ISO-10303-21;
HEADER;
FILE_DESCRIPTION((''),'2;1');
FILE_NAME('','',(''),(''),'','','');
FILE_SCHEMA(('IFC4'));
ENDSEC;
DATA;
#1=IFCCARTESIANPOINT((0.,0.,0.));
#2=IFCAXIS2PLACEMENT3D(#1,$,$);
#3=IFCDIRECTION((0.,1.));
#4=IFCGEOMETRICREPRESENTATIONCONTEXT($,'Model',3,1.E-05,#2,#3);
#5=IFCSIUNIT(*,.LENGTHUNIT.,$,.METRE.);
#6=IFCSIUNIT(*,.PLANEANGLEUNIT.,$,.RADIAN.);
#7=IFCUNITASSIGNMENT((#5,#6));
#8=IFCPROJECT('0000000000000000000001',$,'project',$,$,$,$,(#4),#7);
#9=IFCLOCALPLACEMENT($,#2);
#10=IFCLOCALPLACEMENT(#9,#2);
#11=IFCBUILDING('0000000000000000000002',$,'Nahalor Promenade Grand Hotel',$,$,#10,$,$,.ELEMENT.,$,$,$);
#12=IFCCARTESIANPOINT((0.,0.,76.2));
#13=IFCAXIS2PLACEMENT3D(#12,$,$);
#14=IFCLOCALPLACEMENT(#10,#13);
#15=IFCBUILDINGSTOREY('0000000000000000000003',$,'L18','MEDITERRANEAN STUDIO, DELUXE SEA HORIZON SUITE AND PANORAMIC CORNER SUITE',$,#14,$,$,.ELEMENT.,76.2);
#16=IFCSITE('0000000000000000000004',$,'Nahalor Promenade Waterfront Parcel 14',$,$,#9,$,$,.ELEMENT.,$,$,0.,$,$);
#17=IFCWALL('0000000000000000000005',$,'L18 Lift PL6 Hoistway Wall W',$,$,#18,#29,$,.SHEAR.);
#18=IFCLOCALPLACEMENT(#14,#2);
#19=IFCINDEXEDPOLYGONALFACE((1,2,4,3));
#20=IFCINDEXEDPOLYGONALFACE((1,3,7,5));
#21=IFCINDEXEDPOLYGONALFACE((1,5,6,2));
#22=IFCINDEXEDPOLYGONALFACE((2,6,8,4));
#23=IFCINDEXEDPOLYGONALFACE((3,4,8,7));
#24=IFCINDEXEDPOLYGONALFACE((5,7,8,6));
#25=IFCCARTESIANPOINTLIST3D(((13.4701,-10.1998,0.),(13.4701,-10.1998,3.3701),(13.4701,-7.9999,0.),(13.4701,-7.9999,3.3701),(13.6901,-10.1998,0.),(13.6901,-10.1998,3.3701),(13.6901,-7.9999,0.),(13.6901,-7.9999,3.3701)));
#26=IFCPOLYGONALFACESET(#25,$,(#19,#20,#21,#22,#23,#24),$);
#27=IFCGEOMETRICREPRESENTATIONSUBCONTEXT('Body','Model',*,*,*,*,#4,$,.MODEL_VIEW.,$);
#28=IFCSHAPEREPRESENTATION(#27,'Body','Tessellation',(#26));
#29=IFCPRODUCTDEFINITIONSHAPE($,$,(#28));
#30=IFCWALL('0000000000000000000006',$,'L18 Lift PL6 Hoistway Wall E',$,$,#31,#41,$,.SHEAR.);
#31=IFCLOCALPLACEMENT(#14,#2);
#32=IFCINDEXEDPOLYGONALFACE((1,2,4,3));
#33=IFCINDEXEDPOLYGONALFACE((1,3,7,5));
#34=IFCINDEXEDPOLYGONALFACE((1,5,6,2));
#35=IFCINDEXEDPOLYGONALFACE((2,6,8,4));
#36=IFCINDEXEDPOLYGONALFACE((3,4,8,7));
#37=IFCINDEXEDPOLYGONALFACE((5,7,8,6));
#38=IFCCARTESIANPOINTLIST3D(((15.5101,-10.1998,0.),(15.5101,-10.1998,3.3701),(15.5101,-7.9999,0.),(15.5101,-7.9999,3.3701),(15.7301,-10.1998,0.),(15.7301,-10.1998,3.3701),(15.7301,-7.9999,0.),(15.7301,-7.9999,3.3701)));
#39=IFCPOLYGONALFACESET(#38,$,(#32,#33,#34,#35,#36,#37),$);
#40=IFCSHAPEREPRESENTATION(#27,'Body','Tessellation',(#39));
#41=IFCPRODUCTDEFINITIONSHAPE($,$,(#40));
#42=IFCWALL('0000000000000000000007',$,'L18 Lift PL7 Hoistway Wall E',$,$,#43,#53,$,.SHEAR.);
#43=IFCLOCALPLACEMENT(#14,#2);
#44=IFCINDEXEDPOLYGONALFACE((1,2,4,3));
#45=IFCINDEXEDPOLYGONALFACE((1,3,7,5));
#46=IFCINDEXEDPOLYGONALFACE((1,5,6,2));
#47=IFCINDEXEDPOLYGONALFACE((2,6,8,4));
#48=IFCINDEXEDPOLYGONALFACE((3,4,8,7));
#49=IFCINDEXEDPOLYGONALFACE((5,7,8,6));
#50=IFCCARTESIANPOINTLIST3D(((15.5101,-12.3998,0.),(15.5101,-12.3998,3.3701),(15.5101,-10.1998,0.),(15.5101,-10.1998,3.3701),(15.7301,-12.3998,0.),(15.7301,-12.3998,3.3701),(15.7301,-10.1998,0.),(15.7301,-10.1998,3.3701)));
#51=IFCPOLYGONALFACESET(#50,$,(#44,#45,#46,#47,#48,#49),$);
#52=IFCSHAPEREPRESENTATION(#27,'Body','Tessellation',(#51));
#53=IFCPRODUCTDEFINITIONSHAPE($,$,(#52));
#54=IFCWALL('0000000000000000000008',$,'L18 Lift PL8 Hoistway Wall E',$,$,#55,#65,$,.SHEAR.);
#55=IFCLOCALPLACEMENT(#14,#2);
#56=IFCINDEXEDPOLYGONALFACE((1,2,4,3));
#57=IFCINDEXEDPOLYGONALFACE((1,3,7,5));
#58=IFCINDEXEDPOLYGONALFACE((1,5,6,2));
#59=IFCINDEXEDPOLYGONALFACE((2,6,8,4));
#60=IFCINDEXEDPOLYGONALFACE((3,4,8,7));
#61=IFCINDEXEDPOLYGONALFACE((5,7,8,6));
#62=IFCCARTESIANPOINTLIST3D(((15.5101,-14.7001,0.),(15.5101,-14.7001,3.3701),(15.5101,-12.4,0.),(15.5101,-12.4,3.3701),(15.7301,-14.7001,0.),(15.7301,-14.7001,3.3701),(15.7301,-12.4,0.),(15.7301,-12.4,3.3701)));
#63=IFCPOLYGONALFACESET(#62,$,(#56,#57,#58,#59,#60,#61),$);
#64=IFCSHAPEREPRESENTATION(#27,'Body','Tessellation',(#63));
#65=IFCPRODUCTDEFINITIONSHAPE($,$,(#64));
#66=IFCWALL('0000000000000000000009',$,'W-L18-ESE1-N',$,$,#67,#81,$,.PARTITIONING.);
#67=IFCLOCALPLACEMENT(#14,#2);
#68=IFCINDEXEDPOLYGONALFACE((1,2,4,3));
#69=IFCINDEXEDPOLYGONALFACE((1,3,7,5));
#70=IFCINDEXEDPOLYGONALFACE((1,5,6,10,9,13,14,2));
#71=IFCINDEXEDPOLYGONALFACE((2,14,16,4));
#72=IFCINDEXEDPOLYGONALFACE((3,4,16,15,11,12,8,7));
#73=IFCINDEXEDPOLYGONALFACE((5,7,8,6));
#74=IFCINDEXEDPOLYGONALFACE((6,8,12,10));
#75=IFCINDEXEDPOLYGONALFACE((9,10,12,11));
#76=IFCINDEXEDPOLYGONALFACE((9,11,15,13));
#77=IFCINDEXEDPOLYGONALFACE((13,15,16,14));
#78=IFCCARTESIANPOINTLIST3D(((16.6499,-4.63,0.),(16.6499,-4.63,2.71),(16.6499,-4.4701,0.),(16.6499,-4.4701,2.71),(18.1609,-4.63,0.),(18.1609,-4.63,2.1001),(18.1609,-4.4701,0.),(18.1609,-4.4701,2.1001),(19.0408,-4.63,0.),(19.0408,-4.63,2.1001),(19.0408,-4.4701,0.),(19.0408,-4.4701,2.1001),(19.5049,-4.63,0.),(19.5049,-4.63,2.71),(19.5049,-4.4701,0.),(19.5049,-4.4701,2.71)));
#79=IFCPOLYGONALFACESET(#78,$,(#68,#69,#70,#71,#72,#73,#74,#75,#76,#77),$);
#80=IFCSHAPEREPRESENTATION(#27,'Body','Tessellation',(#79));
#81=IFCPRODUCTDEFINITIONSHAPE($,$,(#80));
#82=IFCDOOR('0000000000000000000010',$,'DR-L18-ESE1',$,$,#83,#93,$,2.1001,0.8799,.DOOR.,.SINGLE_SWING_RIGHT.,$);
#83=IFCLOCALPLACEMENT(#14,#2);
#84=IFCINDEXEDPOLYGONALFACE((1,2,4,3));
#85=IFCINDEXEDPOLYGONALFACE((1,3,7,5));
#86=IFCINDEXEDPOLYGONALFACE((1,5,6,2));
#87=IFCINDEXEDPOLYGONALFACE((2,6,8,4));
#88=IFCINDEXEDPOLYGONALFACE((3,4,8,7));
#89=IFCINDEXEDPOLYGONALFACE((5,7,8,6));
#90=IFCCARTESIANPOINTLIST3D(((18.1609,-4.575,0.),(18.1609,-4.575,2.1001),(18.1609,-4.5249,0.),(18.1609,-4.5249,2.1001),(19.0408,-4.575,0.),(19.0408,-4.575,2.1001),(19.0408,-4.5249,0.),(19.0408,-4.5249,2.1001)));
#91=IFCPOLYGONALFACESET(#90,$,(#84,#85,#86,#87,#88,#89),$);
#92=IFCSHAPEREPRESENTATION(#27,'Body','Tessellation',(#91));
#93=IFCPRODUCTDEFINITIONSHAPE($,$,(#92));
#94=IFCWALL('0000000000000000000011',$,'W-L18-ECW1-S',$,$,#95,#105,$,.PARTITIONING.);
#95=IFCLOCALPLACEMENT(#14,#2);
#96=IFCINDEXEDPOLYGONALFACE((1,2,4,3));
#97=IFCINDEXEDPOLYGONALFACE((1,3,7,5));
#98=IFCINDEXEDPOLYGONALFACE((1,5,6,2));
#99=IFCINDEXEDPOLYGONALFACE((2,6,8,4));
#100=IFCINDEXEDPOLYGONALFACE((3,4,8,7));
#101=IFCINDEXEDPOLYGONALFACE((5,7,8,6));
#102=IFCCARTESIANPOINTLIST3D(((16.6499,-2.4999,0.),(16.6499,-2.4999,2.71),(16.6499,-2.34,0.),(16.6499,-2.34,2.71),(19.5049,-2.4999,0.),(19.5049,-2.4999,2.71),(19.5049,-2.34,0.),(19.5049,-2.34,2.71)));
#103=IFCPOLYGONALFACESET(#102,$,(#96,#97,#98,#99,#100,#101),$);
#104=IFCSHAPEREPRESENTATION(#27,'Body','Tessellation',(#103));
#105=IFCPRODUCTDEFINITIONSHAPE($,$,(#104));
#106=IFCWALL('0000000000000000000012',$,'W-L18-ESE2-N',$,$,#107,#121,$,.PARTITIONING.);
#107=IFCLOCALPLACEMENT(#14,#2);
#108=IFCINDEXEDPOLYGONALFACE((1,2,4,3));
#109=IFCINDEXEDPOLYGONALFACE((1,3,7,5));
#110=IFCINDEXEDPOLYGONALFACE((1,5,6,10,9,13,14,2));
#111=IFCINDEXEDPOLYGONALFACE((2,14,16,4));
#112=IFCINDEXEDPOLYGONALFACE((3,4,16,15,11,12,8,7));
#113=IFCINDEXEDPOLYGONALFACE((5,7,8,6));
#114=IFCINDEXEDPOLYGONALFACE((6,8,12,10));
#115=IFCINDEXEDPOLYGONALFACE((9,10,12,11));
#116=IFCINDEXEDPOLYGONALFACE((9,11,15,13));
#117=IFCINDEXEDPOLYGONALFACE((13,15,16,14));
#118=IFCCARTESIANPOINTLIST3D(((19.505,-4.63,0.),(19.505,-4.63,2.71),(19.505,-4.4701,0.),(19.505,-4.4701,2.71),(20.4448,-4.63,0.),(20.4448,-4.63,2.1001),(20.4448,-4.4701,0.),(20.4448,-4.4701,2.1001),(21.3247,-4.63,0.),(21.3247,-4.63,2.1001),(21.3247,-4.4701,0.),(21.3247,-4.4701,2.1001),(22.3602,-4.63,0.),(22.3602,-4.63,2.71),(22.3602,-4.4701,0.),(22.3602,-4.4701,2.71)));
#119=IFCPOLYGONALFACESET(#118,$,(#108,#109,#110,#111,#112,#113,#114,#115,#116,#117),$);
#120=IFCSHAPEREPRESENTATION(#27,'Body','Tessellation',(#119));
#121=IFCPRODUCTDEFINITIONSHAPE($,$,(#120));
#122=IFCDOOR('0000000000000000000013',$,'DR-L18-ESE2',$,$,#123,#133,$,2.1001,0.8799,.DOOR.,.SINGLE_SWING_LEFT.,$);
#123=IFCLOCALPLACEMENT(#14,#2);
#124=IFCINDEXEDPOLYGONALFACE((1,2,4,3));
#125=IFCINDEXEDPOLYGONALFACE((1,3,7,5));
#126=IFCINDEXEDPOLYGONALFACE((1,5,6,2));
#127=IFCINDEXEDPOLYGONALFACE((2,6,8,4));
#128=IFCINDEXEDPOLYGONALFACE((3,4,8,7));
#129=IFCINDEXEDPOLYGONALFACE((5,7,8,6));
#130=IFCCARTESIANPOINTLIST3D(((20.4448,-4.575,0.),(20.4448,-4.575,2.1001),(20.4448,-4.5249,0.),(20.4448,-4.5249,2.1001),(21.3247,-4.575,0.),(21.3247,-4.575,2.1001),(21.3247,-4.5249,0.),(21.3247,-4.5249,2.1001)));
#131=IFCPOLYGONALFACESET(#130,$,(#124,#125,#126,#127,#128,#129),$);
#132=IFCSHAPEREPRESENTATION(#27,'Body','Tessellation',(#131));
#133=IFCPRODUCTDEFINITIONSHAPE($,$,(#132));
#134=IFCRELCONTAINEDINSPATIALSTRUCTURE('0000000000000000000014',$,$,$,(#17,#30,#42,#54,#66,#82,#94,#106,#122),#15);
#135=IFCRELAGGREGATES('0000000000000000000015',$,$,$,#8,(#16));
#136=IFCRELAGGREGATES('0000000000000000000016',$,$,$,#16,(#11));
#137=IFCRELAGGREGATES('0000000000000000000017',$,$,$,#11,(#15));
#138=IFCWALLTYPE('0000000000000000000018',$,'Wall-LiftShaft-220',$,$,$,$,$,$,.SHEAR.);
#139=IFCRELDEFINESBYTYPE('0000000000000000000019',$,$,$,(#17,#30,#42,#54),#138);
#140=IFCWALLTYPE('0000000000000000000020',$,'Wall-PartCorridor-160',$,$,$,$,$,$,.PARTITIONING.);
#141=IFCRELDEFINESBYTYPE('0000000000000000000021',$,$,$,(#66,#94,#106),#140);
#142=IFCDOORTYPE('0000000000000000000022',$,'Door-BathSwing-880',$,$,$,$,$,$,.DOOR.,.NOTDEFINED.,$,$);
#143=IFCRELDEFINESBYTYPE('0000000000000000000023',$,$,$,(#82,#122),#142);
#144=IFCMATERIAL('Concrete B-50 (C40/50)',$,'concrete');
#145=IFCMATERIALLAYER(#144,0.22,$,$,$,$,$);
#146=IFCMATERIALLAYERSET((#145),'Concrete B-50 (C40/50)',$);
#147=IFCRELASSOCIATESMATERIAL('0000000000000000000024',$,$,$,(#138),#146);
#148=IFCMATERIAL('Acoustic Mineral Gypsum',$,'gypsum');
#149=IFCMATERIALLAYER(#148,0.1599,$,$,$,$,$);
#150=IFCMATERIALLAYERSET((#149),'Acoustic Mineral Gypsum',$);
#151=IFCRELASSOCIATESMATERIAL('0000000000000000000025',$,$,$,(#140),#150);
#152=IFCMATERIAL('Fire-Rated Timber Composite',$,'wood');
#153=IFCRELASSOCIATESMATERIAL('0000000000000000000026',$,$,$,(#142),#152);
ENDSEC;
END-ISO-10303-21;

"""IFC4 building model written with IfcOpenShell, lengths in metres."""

from ifc_helpers import new_model, si_unit, direction, frame, frame_2d, origin, place, context, subcontext, project, spatial, rectangle, extrude, source, transform, mapped, material, layer, layer_set, type_object, element, fill, save


model = new_model("IFC4")

# Units and contexts
model_context = context("Model", 3, precision=1e-05, world=origin(), true_north=direction((0.0, 1.0)))
body_context = subcontext(model_context, "Body", "Model", "MODEL_VIEW")
ifc_project = project(units=[si_unit("LENGTHUNIT", "METRE"), si_unit("PLANEANGLEUNIT", "RADIAN")], contexts=[model_context])

# Site, building, storey
site_placement = place(None, origin())
site = spatial("IfcSite", under=ifc_project, at=site_placement, Name="Nahalor Promenade Waterfront Parcel 14", CompositionType="ELEMENT", RefElevation=0.0)
building_placement = place(site_placement, origin())
building = spatial("IfcBuilding", under=site, at=building_placement, Name="Nahalor Promenade Grand Hotel", CompositionType="ELEMENT")
storey_placement = place(building_placement, frame((0.0, 0.0, 76.2)))
storey = spatial("IfcBuildingStorey", under=building, at=storey_placement, Name="L18", Description="MEDITERRANEAN STUDIO, DELUXE SEA HORIZON SUITE AND PANORAMIC CORNER SUITE", CompositionType="ELEMENT", Elevation=76.2)

# Walls
ifc_material_1 = material(Name="Concrete B-50 (C40/50)", Category="concrete")
ifc_layer_1 = layer(ifc_material_1, 0.22)
ifc_layer_set_1 = layer_set([ifc_layer_1], Name="Concrete B-50 (C40/50)")
wall_type_1 = type_object("IfcWallType", Name="Wall-LiftShaft-220", PredefinedType="SHEAR", material=ifc_layer_set_1)
shared_shape_1 = source(origin(), body_context, "Body", "SweptSolid", [
    extrude(rectangle(XDim=2.2, YDim=0.22, at=frame_2d((1.1001, 0.0))), origin(), (0.0, 0.0, 1.0), 3.3701),
])
for number, where, z_axis, x_axis, name in (
    (1, (13.5801, -10.2, 0.0), (0.0, 0.0, 1.0), (0.0, 1.0, 0.0), "L18 Lift PL6 Hoistway Wall W"),
    (2, (15.6201, -10.2, 0.0), (0.0, 0.0, 1.0), (0.0, 1.0, 0.0), "L18 Lift PL6 Hoistway Wall E"),
    (3, (15.6201, -12.3999, 0.0), (0.0, 0.0, 1.0), (0.0, 1.0, 0.0), "L18 Lift PL7 Hoistway Wall E"),
):
    element("IfcWall", number, at=place(storey_placement, frame(where, z_axis=z_axis, x_axis=x_axis)), inside=storey, type_object=wall_type_1, Name=name, PredefinedType="SHEAR", context=body_context, shape_type="MappedRepresentation", body=[
        mapped(shared_shape_1, transform((0.0, 0.0, 0.0), scale=1.0)),
    ])
shared_shape_2 = source(origin(), body_context, "Body", "SweptSolid", [
    extrude(rectangle(XDim=2.3, YDim=0.22, at=frame_2d((1.1499, 0.0))), origin(), (0.0, 0.0, 1.0), 3.3701),
])
wall_1_placement = place(storey_placement, frame((15.6201, -14.7, 0.0), z_axis=(0.0, 0.0, 1.0), x_axis=(0.0, 1.0, 0.0)))
element("IfcWall", 4, at=wall_1_placement, inside=storey, type_object=wall_type_1, Name="L18 Lift PL8 Hoistway Wall E", PredefinedType="SHEAR", context=body_context, shape_type="MappedRepresentation", body=[
    mapped(shared_shape_2, transform((0.0, 0.0, 0.0), scale=1.0)),
])

# Wall, opening, door
ifc_material_2 = material(Name="Acoustic Mineral Gypsum", Category="gypsum")
ifc_layer_2 = layer(ifc_material_2, 0.1599)
ifc_layer_set_2 = layer_set([ifc_layer_2], Name="Acoustic Mineral Gypsum")
wall_type_2 = type_object("IfcWallType", Name="Wall-PartCorridor-160", PredefinedType="PARTITIONING", material=ifc_layer_set_2)
shared_shape_3 = source(origin(), body_context, "Body", "SweptSolid", [
    extrude(rectangle(XDim=2.855, YDim=0.1599, at=frame_2d((1.4275, 0.0))), origin(), (0.0, 0.0, 1.0), 2.71),
])
wall_2_placement = place(storey_placement, frame((16.6499, -4.55, 0.0), z_axis=(0.0, 0.0, 1.0), x_axis=(1.0, 0.0, 0.0)))
wall_2 = element("IfcWall", 5, at=wall_2_placement, inside=storey, type_object=wall_type_2, Name="W-L18-ESE1-N", PredefinedType="PARTITIONING", context=body_context, shape_type="MappedRepresentation", body=[
    mapped(shared_shape_3, transform((0.0, 0.0, 0.0), scale=1.0)),
])
opening_1_placement = place(wall_2_placement, frame((1.511, 0.0, 0.0)))
opening_1 = element("IfcOpeningElement", 6, at=opening_1_placement, cuts=wall_2, PredefinedType="OPENING", context=body_context, shape_type="SweptSolid", body=[
    extrude(rectangle(XDim=0.8799, YDim=2.1001, at=frame_2d((0.4399, 1.05))), frame((0.0, 0.0898, 0.0), z_axis=(0.0, -1.0, 0.0), x_axis=(1.0, 0.0, 0.0)), (0.0, 0.0, 1.0), 0.1799),
])
ifc_material_3 = material(Name="Fire-Rated Timber Composite", Category="wood")
door_type = type_object("IfcDoorType", Name="Door-BathSwing-880", OperationType="NOTDEFINED", PredefinedType="DOOR", material=ifc_material_3)
shared_shape_4 = source(origin(), body_context, "Body", "SweptSolid", [
    extrude(rectangle(XDim=0.8799, YDim=2.1001, at=frame_2d((0.4399, 1.05))), frame((0.0, 0.0249, 0.0), z_axis=(0.0, -1.0, 0.0), x_axis=(1.0, 0.0, 0.0)), (0.0, 0.0, 1.0), 0.05),
])
door_1_placement = place(opening_1_placement, frame((0.8799, 0.0, 0.0), z_axis=(0.0, 0.0, 1.0), x_axis=(-1.0, 0.0, 0.0)))
door_1 = element("IfcDoor", 7, at=door_1_placement, inside=storey, type_object=door_type, Name="DR-L18-ESE1", OperationType="SINGLE_SWING_RIGHT", OverallHeight=2.1001, OverallWidth=0.8799, PredefinedType="DOOR", context=body_context, shape_type="MappedRepresentation", body=[
    mapped(shared_shape_4, transform((0.0, 0.0, 0.0), scale=1.0)),
])
fill(opening_1, door_1)

# Wall
wall_3_placement = place(storey_placement, frame((16.6499, -2.4199, 0.0), z_axis=(0.0, 0.0, 1.0), x_axis=(1.0, 0.0, 0.0)))
element("IfcWall", 8, at=wall_3_placement, inside=storey, type_object=wall_type_2, Name="W-L18-ECW1-S", PredefinedType="PARTITIONING", context=body_context, shape_type="MappedRepresentation", body=[
    mapped(shared_shape_3, transform((0.0, 0.0, 0.0), scale=1.0)),
])

# Wall, opening, door
shared_shape_5 = source(origin(), body_context, "Body", "SweptSolid", [
    extrude(rectangle(XDim=2.8552, YDim=0.1599, at=frame_2d((1.4277, 0.0))), origin(), (0.0, 0.0, 1.0), 2.71),
])
wall_4_placement = place(storey_placement, frame((19.5049, -4.55, 0.0), z_axis=(0.0, 0.0, 1.0), x_axis=(1.0, 0.0, 0.0)))
wall_4 = element("IfcWall", 9, at=wall_4_placement, inside=storey, type_object=wall_type_2, Name="W-L18-ESE2-N", PredefinedType="PARTITIONING", context=body_context, shape_type="MappedRepresentation", body=[
    mapped(shared_shape_5, transform((0.0, 0.0, 0.0), scale=1.0)),
])
opening_2_placement = place(wall_4_placement, frame((0.9399, 0.0, 0.0)))
opening_2 = element("IfcOpeningElement", 10, at=opening_2_placement, cuts=wall_4, PredefinedType="OPENING", context=body_context, shape_type="SweptSolid", body=[
    extrude(rectangle(XDim=0.8799, YDim=2.1001, at=frame_2d((0.4399, 1.05))), frame((0.0, 0.0898, 0.0), z_axis=(0.0, -1.0, 0.0), x_axis=(1.0, 0.0, 0.0)), (0.0, 0.0, 1.0), 0.1799),
])
door_2_placement = place(opening_2_placement, frame((0.8799, 0.0, 0.0), z_axis=(0.0, 0.0, 1.0), x_axis=(-1.0, 0.0, 0.0)))
door_2 = element("IfcDoor", 11, at=door_2_placement, inside=storey, type_object=door_type, Name="DR-L18-ESE2", OperationType="SINGLE_SWING_LEFT", OverallHeight=2.1001, OverallWidth=0.8799, PredefinedType="DOOR", context=body_context, shape_type="MappedRepresentation", body=[
    mapped(shared_shape_4, transform((0.0, 0.0, 0.0), scale=1.0)),
])
fill(opening_2, door_2)

save(model, "model.ifc")
